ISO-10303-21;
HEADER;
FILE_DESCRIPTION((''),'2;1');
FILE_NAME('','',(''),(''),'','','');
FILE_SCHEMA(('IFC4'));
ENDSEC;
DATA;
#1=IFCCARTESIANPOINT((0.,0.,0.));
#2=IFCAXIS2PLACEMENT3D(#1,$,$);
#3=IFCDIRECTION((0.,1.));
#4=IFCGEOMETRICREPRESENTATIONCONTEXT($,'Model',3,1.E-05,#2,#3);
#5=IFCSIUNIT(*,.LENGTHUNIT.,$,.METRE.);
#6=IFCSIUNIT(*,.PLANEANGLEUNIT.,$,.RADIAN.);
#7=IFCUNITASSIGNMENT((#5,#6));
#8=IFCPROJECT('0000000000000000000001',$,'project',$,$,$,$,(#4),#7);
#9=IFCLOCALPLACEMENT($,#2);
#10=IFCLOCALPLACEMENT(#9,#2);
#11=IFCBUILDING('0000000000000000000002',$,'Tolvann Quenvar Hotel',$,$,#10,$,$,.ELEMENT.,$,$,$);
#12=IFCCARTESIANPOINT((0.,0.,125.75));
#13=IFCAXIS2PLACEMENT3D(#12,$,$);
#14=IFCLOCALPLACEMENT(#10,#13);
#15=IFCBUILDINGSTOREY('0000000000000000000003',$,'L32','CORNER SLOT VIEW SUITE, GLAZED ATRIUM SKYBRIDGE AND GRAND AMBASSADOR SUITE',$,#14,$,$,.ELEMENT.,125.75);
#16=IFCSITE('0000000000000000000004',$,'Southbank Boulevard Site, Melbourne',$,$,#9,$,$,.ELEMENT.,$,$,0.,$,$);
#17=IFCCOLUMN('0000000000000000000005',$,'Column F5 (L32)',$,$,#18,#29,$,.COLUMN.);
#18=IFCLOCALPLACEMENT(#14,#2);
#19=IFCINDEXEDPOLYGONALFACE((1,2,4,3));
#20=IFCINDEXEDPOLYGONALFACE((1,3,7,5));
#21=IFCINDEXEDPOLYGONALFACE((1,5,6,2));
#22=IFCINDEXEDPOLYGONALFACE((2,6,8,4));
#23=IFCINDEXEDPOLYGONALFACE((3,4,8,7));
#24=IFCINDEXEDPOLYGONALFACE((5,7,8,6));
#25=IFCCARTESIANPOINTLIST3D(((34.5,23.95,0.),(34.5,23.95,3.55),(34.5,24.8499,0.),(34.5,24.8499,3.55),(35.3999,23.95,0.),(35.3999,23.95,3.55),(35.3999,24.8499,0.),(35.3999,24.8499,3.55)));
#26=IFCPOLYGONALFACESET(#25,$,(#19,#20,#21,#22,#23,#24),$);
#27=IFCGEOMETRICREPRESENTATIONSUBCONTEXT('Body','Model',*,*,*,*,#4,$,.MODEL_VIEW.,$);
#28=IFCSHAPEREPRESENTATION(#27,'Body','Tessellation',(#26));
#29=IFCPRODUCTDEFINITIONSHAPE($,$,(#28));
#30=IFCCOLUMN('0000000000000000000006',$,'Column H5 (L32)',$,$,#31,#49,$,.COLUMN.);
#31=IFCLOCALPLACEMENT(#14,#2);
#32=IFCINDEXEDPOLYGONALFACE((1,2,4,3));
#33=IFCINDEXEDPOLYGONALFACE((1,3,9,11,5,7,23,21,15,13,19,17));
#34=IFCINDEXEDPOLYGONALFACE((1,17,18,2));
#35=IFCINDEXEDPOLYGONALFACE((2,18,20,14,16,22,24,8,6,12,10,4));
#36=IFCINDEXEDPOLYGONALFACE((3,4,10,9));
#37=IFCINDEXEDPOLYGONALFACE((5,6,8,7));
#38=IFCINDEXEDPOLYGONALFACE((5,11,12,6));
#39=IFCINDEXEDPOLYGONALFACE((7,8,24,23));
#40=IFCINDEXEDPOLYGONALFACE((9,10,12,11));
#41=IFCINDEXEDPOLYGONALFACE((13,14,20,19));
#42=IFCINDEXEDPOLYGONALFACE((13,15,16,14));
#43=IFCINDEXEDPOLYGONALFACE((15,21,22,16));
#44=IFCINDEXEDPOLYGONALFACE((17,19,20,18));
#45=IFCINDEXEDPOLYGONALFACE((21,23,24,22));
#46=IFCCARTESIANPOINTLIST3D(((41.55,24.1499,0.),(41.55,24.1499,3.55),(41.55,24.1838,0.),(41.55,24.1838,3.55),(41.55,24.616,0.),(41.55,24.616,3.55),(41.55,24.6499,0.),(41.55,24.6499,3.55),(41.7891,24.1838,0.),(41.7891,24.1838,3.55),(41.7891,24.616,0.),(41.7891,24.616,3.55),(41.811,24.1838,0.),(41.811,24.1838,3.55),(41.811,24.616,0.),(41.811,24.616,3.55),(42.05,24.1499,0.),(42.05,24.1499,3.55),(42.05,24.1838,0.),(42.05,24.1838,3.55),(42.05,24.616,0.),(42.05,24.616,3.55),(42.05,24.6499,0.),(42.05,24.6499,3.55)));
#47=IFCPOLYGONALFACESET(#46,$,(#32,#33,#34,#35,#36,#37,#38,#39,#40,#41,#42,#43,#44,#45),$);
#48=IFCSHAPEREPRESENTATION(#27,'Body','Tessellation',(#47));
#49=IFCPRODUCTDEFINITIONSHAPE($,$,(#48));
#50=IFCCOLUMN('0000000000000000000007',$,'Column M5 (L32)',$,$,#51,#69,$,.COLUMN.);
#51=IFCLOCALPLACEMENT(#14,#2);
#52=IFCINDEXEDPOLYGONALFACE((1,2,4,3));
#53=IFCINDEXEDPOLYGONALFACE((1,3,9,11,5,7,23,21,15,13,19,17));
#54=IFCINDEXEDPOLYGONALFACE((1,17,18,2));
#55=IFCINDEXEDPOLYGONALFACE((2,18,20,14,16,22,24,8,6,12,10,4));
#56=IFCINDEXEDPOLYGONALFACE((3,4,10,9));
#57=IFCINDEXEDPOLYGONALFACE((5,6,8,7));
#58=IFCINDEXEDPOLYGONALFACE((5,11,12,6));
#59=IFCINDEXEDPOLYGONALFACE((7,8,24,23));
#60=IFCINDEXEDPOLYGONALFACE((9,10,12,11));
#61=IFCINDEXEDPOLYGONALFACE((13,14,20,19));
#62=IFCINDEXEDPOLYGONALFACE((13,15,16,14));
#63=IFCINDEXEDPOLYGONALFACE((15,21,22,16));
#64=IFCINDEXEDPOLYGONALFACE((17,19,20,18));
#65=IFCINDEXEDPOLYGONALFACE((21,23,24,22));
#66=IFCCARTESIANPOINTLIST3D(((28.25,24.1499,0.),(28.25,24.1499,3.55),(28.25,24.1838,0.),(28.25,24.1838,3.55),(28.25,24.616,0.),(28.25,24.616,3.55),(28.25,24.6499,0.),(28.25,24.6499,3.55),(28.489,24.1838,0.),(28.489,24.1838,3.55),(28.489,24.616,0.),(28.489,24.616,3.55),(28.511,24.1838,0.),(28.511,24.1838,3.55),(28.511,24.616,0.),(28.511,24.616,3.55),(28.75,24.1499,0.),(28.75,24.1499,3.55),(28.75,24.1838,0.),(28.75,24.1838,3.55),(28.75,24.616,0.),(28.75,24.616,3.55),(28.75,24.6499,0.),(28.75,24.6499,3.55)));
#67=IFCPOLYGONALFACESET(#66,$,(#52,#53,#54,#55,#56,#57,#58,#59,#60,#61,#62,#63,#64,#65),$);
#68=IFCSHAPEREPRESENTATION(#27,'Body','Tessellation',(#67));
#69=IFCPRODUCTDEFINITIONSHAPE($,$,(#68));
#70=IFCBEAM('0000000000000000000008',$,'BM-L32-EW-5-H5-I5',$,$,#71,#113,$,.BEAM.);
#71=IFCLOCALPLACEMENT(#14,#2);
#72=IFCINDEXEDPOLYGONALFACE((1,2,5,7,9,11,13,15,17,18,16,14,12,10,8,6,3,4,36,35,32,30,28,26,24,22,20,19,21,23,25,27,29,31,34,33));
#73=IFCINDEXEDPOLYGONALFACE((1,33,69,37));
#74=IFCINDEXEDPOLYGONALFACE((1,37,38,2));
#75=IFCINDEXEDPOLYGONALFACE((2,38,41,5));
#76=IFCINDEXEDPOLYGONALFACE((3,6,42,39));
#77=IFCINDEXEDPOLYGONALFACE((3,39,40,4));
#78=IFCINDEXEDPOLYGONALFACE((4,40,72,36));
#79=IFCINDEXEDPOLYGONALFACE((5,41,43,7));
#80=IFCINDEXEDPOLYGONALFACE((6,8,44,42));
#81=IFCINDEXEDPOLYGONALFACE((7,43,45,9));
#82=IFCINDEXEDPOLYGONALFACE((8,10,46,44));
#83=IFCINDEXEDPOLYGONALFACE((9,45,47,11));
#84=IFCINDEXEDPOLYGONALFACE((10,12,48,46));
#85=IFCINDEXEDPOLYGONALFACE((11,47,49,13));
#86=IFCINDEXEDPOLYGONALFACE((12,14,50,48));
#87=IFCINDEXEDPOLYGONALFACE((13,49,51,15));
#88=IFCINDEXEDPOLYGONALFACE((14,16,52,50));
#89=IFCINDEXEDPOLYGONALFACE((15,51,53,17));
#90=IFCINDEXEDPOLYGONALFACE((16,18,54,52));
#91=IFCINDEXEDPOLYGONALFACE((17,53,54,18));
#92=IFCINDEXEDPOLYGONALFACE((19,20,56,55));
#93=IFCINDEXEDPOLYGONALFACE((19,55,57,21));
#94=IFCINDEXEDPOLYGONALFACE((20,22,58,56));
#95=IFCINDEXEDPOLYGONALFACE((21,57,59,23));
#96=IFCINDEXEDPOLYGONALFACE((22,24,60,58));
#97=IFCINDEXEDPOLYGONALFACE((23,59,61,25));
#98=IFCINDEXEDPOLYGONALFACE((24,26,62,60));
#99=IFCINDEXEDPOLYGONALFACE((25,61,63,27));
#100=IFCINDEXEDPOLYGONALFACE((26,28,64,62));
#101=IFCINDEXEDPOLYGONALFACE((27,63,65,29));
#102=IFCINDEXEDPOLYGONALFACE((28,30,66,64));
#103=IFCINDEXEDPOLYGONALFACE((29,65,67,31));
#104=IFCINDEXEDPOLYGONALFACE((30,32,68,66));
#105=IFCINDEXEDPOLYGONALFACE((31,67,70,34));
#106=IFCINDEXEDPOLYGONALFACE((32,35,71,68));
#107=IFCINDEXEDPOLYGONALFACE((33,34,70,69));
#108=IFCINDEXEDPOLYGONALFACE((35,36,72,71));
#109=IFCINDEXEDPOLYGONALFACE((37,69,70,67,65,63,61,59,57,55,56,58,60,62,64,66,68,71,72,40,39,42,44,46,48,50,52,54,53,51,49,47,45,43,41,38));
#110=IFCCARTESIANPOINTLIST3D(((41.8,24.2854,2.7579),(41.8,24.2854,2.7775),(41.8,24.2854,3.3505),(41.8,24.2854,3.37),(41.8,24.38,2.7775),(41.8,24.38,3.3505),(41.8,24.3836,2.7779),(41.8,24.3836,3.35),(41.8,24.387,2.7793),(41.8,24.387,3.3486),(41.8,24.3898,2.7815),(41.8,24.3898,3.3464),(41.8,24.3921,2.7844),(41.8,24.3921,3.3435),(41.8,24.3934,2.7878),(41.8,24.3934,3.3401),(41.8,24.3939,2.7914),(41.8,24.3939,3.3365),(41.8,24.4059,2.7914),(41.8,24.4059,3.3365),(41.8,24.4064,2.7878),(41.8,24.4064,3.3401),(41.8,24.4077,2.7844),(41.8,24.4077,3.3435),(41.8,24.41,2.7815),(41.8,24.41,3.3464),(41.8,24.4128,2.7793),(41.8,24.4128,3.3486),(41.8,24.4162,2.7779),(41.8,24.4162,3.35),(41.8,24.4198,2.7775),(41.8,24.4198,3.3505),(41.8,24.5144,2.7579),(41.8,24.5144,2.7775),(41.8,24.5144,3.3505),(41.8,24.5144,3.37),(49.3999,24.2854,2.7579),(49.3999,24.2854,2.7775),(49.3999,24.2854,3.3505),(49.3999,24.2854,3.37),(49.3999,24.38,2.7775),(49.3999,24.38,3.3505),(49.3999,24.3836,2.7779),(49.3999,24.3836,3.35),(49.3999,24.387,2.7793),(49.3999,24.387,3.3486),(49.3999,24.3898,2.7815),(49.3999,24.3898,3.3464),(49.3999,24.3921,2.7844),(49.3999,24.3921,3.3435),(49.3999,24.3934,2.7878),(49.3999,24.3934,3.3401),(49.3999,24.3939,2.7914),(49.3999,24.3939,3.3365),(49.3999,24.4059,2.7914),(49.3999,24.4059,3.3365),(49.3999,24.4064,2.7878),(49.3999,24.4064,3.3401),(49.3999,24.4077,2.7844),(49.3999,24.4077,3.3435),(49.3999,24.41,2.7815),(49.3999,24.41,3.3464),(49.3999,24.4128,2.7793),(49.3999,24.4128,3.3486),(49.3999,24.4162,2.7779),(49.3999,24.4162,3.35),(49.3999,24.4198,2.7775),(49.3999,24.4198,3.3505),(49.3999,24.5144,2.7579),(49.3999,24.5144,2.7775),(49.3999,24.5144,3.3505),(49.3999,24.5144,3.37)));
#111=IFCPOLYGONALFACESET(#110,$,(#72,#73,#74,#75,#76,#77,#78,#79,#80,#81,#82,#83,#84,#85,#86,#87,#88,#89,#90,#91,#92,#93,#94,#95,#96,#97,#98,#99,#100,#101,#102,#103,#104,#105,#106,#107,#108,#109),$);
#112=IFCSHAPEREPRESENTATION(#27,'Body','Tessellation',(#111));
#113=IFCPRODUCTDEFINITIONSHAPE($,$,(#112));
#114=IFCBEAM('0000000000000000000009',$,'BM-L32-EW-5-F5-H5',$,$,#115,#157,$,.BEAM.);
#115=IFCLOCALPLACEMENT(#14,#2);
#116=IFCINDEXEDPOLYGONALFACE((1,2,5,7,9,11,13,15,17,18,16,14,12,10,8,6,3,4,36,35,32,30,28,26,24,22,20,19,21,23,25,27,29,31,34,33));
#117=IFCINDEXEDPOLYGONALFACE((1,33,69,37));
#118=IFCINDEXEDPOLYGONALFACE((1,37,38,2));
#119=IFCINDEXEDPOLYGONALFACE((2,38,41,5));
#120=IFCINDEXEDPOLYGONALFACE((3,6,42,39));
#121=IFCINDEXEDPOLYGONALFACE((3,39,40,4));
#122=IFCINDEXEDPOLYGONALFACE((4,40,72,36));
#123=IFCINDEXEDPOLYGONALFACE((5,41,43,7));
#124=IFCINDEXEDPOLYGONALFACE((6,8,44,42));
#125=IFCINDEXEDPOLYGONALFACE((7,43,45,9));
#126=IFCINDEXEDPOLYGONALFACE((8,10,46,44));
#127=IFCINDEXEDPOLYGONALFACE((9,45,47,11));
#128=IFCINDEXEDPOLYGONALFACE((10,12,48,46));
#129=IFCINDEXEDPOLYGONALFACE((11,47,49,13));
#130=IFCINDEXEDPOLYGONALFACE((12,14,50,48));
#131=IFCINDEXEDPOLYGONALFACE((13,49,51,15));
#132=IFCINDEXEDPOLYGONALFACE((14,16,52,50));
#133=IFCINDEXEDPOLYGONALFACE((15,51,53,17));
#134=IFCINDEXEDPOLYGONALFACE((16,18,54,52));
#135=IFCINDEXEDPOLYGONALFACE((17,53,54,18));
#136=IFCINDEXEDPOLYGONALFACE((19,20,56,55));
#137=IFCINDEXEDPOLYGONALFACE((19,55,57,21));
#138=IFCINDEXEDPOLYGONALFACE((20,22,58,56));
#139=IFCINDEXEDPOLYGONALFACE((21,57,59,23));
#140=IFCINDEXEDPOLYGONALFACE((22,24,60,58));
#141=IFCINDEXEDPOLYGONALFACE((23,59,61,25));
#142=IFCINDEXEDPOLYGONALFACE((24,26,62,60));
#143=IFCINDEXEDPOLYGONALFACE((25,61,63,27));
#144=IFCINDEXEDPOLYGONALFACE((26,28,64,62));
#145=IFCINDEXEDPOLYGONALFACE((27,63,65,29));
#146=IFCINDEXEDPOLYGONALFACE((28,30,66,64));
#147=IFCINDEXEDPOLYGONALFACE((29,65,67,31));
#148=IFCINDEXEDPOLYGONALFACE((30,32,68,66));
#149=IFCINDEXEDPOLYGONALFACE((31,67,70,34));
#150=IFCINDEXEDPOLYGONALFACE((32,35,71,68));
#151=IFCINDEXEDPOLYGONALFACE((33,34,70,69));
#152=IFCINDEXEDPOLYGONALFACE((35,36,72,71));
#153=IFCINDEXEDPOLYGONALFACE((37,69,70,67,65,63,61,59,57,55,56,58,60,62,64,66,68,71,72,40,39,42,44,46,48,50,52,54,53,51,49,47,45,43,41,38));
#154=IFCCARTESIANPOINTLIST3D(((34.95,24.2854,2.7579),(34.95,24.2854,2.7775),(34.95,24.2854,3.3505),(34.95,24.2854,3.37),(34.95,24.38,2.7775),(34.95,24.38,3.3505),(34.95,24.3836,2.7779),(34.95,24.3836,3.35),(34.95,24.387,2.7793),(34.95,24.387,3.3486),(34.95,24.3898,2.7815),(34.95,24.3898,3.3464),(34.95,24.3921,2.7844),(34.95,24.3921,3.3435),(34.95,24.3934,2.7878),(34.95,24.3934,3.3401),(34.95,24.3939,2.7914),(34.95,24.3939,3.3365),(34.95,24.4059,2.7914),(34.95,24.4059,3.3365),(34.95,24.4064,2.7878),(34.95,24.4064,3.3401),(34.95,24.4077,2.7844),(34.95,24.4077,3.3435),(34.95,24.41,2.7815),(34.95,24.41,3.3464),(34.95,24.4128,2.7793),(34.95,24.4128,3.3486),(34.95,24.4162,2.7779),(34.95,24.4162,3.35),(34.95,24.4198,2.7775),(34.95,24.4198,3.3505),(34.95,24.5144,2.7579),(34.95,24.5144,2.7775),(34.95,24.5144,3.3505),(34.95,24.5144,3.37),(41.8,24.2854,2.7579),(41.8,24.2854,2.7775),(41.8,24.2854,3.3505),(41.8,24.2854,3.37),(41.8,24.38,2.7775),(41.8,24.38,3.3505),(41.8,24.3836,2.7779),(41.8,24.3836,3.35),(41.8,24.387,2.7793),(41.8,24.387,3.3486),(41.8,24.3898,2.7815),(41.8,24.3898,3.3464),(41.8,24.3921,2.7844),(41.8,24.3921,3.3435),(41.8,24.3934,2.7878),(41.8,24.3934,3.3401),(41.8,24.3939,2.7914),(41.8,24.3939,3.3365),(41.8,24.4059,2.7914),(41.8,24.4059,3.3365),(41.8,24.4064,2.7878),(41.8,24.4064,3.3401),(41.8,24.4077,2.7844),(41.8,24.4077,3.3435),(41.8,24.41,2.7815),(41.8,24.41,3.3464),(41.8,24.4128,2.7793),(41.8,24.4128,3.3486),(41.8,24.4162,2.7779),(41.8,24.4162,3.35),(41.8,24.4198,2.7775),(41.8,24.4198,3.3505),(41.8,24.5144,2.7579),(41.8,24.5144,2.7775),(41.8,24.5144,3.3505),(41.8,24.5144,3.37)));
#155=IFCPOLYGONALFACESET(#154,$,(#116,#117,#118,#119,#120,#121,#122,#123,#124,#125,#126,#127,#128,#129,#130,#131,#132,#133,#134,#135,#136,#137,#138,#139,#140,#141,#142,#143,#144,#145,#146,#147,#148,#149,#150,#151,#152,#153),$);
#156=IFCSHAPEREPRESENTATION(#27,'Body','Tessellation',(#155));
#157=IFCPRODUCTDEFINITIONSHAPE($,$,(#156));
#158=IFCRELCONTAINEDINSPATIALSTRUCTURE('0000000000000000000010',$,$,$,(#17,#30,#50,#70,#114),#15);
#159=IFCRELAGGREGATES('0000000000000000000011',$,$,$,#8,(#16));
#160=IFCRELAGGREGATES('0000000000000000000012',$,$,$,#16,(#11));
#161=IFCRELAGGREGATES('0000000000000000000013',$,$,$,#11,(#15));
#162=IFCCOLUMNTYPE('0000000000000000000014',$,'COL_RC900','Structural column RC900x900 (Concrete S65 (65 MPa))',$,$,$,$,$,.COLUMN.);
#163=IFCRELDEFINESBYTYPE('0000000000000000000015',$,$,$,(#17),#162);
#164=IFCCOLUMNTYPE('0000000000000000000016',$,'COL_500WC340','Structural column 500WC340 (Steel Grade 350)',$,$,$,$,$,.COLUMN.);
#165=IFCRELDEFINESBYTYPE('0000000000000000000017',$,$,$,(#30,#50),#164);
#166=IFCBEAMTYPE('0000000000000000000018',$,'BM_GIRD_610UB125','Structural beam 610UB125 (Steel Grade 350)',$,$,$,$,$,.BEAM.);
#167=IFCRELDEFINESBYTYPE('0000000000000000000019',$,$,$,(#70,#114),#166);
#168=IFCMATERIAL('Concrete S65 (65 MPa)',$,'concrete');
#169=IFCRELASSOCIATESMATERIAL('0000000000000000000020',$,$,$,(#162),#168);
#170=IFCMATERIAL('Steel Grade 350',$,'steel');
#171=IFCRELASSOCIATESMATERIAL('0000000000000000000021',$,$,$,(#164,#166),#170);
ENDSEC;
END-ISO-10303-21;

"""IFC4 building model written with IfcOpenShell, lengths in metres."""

from ifc_helpers import new_model, si_unit, direction, frame, origin, origin_2d, place, context, subcontext, project, spatial, rectangle, i_section, extrude, source, transform, mapped, material, material_profile, profile_set, type_object, type_shapes, element, save


model = new_model("IFC4")

# Units and contexts
model_context = context("Model", 3, precision=1e-05, world=origin(), true_north=direction((0.0, 1.0)))
body_context = subcontext(model_context, "Body", "Model", "MODEL_VIEW")
ifc_project = project(units=[si_unit("LENGTHUNIT", "METRE"), si_unit("PLANEANGLEUNIT", "RADIAN")], contexts=[model_context])

# Site, building, storey
site_placement = place(None, origin())
site = spatial("IfcSite", under=ifc_project, at=site_placement, Name="Southbank Boulevard Site, Melbourne", CompositionType="ELEMENT", RefElevation=0.0)
building_placement = place(site_placement, origin())
building = spatial("IfcBuilding", under=site, at=building_placement, Name="Tolvann Quenvar Hotel", CompositionType="ELEMENT")
storey_placement = place(building_placement, frame((0.0, 0.0, 125.75)))
storey = spatial("IfcBuildingStorey", under=building, at=storey_placement, Name="L32", Description="CORNER SLOT VIEW SUITE, GLAZED ATRIUM SKYBRIDGE AND GRAND AMBASSADOR SUITE", CompositionType="ELEMENT", Elevation=125.75)

# Columns
ifc_material_1 = material(Name="Concrete S65 (65 MPa)", Category="concrete")
ifc_material_profile_1 = material_profile(ifc_material_1, rectangle(XDim=0.8999, YDim=0.8999, at=origin_2d()), Name="RC900x900")
ifc_profile_set_1 = profile_set([ifc_material_profile_1], Name="Concrete S65 (65 MPa)")
column_type_1 = type_object("IfcColumnType", Name="COL_RC900", Description="Structural column RC900x900 (Concrete S65 (65 MPa))", PredefinedType="COLUMN", material=ifc_profile_set_1)
shared_shape_1 = source(origin(), body_context, "Body", "SweptSolid", [
    extrude(rectangle(XDim=0.8999, YDim=0.8999, at=origin_2d()), origin(), (0.0, 0.0, 1.0), 3.55),
])
type_shapes(column_type_1, [shared_shape_1])
column_placement = place(storey_placement, frame((34.95, 24.3999, 0.0), z_axis=(0.0, 0.0, 1.0), x_axis=(1.0, 0.0, 0.0)))
element("IfcColumn", 1, at=column_placement, inside=storey, type_object=column_type_1, Name="Column F5 (L32)", PredefinedType="COLUMN", context=body_context, shape_type="MappedRepresentation", body=[
    mapped(shared_shape_1, transform((0.0, 0.0, 0.0), x_axis=(1.0, 0.0, 0.0), y_axis=(0.0, 1.0, 0.0), z_axis=(0.0, 0.0, 1.0), scale=1.0)),
])
ifc_material_2 = material(Name="Steel Grade 350", Category="steel")
ifc_material_profile_2 = material_profile(ifc_material_2, i_section(OverallWidth=0.5, OverallDepth=0.5, WebThickness=0.022, FlangeThickness=0.0339, at=origin_2d()), Name="500WC340")
ifc_profile_set_2 = profile_set([ifc_material_profile_2], Name="Steel Grade 350")
column_type_2 = type_object("IfcColumnType", Name="COL_500WC340", Description="Structural column 500WC340 (Steel Grade 350)", PredefinedType="COLUMN", material=ifc_profile_set_2)
shared_shape_2 = source(origin(), body_context, "Body", "SweptSolid", [
    extrude(i_section(OverallWidth=0.5, OverallDepth=0.5, WebThickness=0.022, FlangeThickness=0.0339, at=origin_2d()), origin(), (0.0, 0.0, 1.0), 3.55),
])
type_shapes(column_type_2, [shared_shape_2])
for number, where, z_axis, x_axis, name in (
    (2, (41.8, 24.3999, 0.0), (0.0, 0.0, 1.0), (1.0, 0.0, 0.0), "Column H5 (L32)"),
    (3, (28.5, 24.3999, 0.0), (0.0, 0.0, 1.0), (1.0, 0.0, 0.0), "Column M5 (L32)"),
):
    element("IfcColumn", number, at=place(storey_placement, frame(where, z_axis=z_axis, x_axis=x_axis)), inside=storey, type_object=column_type_2, Name=name, PredefinedType="COLUMN", context=body_context, shape_type="MappedRepresentation", body=[
        mapped(shared_shape_2, transform((0.0, 0.0, 0.0), x_axis=(1.0, 0.0, 0.0), y_axis=(0.0, 1.0, 0.0), z_axis=(0.0, 0.0, 1.0), scale=1.0)),
    ])

# Beams
ifc_material_profile_3 = material_profile(ifc_material_2, i_section(OverallWidth=0.229, OverallDepth=0.6121, WebThickness=0.012, FlangeThickness=0.0195, FilletRadius=0.0139, at=origin_2d()), Name="610UB125")
ifc_profile_set_3 = profile_set([ifc_material_profile_3], Name="Steel Grade 350")
beam_type_1 = type_object("IfcBeamType", Name="BM_GIRD_610UB125", Description="Structural beam 610UB125 (Steel Grade 350)", PredefinedType="BEAM", material=ifc_profile_set_3)
shared_shape_3 = source(origin(), body_context, "Body", "SweptSolid", [
    extrude(i_section(OverallWidth=0.229, OverallDepth=0.6121, WebThickness=0.012, FlangeThickness=0.0195, FilletRadius=0.0139, at=origin_2d()), origin(), (0.0, 0.0, 1.0), 7.5999),
])
beam_1_placement = place(storey_placement, frame((41.8, 24.3999, 3.064), z_axis=(1.0, 0.0, 0.0), x_axis=(0.0, 1.0, 0.0)))
element("IfcBeam", 4, at=beam_1_placement, inside=storey, type_object=beam_type_1, Name="BM-L32-EW-5-H5-I5", PredefinedType="BEAM", context=body_context, shape_type="MappedRepresentation", body=[
    mapped(shared_shape_3, transform((0.0, 0.0, 0.0), x_axis=(1.0, 0.0, 0.0), y_axis=(0.0, 1.0, 0.0), z_axis=(0.0, 0.0, 1.0), scale=1.0)),
])
shared_shape_4 = source(origin(), body_context, "Body", "SweptSolid", [
    extrude(i_section(OverallWidth=0.229, OverallDepth=0.6121, WebThickness=0.012, FlangeThickness=0.0195, FilletRadius=0.0139, at=origin_2d()), origin(), (0.0, 0.0, 1.0), 6.8501),
])
beam_2_placement = place(storey_placement, frame((34.95, 24.3999, 3.064), z_axis=(1.0, 0.0, 0.0), x_axis=(0.0, 1.0, 0.0)))
element("IfcBeam", 5, at=beam_2_placement, inside=storey, type_object=beam_type_1, Name="BM-L32-EW-5-F5-H5", PredefinedType="BEAM", context=body_context, shape_type="MappedRepresentation", body=[
    mapped(shared_shape_4, transform((0.0, 0.0, 0.0), x_axis=(1.0, 0.0, 0.0), y_axis=(0.0, 1.0, 0.0), z_axis=(0.0, 0.0, 1.0), scale=1.0)),
])

save(model, "model.ifc")
